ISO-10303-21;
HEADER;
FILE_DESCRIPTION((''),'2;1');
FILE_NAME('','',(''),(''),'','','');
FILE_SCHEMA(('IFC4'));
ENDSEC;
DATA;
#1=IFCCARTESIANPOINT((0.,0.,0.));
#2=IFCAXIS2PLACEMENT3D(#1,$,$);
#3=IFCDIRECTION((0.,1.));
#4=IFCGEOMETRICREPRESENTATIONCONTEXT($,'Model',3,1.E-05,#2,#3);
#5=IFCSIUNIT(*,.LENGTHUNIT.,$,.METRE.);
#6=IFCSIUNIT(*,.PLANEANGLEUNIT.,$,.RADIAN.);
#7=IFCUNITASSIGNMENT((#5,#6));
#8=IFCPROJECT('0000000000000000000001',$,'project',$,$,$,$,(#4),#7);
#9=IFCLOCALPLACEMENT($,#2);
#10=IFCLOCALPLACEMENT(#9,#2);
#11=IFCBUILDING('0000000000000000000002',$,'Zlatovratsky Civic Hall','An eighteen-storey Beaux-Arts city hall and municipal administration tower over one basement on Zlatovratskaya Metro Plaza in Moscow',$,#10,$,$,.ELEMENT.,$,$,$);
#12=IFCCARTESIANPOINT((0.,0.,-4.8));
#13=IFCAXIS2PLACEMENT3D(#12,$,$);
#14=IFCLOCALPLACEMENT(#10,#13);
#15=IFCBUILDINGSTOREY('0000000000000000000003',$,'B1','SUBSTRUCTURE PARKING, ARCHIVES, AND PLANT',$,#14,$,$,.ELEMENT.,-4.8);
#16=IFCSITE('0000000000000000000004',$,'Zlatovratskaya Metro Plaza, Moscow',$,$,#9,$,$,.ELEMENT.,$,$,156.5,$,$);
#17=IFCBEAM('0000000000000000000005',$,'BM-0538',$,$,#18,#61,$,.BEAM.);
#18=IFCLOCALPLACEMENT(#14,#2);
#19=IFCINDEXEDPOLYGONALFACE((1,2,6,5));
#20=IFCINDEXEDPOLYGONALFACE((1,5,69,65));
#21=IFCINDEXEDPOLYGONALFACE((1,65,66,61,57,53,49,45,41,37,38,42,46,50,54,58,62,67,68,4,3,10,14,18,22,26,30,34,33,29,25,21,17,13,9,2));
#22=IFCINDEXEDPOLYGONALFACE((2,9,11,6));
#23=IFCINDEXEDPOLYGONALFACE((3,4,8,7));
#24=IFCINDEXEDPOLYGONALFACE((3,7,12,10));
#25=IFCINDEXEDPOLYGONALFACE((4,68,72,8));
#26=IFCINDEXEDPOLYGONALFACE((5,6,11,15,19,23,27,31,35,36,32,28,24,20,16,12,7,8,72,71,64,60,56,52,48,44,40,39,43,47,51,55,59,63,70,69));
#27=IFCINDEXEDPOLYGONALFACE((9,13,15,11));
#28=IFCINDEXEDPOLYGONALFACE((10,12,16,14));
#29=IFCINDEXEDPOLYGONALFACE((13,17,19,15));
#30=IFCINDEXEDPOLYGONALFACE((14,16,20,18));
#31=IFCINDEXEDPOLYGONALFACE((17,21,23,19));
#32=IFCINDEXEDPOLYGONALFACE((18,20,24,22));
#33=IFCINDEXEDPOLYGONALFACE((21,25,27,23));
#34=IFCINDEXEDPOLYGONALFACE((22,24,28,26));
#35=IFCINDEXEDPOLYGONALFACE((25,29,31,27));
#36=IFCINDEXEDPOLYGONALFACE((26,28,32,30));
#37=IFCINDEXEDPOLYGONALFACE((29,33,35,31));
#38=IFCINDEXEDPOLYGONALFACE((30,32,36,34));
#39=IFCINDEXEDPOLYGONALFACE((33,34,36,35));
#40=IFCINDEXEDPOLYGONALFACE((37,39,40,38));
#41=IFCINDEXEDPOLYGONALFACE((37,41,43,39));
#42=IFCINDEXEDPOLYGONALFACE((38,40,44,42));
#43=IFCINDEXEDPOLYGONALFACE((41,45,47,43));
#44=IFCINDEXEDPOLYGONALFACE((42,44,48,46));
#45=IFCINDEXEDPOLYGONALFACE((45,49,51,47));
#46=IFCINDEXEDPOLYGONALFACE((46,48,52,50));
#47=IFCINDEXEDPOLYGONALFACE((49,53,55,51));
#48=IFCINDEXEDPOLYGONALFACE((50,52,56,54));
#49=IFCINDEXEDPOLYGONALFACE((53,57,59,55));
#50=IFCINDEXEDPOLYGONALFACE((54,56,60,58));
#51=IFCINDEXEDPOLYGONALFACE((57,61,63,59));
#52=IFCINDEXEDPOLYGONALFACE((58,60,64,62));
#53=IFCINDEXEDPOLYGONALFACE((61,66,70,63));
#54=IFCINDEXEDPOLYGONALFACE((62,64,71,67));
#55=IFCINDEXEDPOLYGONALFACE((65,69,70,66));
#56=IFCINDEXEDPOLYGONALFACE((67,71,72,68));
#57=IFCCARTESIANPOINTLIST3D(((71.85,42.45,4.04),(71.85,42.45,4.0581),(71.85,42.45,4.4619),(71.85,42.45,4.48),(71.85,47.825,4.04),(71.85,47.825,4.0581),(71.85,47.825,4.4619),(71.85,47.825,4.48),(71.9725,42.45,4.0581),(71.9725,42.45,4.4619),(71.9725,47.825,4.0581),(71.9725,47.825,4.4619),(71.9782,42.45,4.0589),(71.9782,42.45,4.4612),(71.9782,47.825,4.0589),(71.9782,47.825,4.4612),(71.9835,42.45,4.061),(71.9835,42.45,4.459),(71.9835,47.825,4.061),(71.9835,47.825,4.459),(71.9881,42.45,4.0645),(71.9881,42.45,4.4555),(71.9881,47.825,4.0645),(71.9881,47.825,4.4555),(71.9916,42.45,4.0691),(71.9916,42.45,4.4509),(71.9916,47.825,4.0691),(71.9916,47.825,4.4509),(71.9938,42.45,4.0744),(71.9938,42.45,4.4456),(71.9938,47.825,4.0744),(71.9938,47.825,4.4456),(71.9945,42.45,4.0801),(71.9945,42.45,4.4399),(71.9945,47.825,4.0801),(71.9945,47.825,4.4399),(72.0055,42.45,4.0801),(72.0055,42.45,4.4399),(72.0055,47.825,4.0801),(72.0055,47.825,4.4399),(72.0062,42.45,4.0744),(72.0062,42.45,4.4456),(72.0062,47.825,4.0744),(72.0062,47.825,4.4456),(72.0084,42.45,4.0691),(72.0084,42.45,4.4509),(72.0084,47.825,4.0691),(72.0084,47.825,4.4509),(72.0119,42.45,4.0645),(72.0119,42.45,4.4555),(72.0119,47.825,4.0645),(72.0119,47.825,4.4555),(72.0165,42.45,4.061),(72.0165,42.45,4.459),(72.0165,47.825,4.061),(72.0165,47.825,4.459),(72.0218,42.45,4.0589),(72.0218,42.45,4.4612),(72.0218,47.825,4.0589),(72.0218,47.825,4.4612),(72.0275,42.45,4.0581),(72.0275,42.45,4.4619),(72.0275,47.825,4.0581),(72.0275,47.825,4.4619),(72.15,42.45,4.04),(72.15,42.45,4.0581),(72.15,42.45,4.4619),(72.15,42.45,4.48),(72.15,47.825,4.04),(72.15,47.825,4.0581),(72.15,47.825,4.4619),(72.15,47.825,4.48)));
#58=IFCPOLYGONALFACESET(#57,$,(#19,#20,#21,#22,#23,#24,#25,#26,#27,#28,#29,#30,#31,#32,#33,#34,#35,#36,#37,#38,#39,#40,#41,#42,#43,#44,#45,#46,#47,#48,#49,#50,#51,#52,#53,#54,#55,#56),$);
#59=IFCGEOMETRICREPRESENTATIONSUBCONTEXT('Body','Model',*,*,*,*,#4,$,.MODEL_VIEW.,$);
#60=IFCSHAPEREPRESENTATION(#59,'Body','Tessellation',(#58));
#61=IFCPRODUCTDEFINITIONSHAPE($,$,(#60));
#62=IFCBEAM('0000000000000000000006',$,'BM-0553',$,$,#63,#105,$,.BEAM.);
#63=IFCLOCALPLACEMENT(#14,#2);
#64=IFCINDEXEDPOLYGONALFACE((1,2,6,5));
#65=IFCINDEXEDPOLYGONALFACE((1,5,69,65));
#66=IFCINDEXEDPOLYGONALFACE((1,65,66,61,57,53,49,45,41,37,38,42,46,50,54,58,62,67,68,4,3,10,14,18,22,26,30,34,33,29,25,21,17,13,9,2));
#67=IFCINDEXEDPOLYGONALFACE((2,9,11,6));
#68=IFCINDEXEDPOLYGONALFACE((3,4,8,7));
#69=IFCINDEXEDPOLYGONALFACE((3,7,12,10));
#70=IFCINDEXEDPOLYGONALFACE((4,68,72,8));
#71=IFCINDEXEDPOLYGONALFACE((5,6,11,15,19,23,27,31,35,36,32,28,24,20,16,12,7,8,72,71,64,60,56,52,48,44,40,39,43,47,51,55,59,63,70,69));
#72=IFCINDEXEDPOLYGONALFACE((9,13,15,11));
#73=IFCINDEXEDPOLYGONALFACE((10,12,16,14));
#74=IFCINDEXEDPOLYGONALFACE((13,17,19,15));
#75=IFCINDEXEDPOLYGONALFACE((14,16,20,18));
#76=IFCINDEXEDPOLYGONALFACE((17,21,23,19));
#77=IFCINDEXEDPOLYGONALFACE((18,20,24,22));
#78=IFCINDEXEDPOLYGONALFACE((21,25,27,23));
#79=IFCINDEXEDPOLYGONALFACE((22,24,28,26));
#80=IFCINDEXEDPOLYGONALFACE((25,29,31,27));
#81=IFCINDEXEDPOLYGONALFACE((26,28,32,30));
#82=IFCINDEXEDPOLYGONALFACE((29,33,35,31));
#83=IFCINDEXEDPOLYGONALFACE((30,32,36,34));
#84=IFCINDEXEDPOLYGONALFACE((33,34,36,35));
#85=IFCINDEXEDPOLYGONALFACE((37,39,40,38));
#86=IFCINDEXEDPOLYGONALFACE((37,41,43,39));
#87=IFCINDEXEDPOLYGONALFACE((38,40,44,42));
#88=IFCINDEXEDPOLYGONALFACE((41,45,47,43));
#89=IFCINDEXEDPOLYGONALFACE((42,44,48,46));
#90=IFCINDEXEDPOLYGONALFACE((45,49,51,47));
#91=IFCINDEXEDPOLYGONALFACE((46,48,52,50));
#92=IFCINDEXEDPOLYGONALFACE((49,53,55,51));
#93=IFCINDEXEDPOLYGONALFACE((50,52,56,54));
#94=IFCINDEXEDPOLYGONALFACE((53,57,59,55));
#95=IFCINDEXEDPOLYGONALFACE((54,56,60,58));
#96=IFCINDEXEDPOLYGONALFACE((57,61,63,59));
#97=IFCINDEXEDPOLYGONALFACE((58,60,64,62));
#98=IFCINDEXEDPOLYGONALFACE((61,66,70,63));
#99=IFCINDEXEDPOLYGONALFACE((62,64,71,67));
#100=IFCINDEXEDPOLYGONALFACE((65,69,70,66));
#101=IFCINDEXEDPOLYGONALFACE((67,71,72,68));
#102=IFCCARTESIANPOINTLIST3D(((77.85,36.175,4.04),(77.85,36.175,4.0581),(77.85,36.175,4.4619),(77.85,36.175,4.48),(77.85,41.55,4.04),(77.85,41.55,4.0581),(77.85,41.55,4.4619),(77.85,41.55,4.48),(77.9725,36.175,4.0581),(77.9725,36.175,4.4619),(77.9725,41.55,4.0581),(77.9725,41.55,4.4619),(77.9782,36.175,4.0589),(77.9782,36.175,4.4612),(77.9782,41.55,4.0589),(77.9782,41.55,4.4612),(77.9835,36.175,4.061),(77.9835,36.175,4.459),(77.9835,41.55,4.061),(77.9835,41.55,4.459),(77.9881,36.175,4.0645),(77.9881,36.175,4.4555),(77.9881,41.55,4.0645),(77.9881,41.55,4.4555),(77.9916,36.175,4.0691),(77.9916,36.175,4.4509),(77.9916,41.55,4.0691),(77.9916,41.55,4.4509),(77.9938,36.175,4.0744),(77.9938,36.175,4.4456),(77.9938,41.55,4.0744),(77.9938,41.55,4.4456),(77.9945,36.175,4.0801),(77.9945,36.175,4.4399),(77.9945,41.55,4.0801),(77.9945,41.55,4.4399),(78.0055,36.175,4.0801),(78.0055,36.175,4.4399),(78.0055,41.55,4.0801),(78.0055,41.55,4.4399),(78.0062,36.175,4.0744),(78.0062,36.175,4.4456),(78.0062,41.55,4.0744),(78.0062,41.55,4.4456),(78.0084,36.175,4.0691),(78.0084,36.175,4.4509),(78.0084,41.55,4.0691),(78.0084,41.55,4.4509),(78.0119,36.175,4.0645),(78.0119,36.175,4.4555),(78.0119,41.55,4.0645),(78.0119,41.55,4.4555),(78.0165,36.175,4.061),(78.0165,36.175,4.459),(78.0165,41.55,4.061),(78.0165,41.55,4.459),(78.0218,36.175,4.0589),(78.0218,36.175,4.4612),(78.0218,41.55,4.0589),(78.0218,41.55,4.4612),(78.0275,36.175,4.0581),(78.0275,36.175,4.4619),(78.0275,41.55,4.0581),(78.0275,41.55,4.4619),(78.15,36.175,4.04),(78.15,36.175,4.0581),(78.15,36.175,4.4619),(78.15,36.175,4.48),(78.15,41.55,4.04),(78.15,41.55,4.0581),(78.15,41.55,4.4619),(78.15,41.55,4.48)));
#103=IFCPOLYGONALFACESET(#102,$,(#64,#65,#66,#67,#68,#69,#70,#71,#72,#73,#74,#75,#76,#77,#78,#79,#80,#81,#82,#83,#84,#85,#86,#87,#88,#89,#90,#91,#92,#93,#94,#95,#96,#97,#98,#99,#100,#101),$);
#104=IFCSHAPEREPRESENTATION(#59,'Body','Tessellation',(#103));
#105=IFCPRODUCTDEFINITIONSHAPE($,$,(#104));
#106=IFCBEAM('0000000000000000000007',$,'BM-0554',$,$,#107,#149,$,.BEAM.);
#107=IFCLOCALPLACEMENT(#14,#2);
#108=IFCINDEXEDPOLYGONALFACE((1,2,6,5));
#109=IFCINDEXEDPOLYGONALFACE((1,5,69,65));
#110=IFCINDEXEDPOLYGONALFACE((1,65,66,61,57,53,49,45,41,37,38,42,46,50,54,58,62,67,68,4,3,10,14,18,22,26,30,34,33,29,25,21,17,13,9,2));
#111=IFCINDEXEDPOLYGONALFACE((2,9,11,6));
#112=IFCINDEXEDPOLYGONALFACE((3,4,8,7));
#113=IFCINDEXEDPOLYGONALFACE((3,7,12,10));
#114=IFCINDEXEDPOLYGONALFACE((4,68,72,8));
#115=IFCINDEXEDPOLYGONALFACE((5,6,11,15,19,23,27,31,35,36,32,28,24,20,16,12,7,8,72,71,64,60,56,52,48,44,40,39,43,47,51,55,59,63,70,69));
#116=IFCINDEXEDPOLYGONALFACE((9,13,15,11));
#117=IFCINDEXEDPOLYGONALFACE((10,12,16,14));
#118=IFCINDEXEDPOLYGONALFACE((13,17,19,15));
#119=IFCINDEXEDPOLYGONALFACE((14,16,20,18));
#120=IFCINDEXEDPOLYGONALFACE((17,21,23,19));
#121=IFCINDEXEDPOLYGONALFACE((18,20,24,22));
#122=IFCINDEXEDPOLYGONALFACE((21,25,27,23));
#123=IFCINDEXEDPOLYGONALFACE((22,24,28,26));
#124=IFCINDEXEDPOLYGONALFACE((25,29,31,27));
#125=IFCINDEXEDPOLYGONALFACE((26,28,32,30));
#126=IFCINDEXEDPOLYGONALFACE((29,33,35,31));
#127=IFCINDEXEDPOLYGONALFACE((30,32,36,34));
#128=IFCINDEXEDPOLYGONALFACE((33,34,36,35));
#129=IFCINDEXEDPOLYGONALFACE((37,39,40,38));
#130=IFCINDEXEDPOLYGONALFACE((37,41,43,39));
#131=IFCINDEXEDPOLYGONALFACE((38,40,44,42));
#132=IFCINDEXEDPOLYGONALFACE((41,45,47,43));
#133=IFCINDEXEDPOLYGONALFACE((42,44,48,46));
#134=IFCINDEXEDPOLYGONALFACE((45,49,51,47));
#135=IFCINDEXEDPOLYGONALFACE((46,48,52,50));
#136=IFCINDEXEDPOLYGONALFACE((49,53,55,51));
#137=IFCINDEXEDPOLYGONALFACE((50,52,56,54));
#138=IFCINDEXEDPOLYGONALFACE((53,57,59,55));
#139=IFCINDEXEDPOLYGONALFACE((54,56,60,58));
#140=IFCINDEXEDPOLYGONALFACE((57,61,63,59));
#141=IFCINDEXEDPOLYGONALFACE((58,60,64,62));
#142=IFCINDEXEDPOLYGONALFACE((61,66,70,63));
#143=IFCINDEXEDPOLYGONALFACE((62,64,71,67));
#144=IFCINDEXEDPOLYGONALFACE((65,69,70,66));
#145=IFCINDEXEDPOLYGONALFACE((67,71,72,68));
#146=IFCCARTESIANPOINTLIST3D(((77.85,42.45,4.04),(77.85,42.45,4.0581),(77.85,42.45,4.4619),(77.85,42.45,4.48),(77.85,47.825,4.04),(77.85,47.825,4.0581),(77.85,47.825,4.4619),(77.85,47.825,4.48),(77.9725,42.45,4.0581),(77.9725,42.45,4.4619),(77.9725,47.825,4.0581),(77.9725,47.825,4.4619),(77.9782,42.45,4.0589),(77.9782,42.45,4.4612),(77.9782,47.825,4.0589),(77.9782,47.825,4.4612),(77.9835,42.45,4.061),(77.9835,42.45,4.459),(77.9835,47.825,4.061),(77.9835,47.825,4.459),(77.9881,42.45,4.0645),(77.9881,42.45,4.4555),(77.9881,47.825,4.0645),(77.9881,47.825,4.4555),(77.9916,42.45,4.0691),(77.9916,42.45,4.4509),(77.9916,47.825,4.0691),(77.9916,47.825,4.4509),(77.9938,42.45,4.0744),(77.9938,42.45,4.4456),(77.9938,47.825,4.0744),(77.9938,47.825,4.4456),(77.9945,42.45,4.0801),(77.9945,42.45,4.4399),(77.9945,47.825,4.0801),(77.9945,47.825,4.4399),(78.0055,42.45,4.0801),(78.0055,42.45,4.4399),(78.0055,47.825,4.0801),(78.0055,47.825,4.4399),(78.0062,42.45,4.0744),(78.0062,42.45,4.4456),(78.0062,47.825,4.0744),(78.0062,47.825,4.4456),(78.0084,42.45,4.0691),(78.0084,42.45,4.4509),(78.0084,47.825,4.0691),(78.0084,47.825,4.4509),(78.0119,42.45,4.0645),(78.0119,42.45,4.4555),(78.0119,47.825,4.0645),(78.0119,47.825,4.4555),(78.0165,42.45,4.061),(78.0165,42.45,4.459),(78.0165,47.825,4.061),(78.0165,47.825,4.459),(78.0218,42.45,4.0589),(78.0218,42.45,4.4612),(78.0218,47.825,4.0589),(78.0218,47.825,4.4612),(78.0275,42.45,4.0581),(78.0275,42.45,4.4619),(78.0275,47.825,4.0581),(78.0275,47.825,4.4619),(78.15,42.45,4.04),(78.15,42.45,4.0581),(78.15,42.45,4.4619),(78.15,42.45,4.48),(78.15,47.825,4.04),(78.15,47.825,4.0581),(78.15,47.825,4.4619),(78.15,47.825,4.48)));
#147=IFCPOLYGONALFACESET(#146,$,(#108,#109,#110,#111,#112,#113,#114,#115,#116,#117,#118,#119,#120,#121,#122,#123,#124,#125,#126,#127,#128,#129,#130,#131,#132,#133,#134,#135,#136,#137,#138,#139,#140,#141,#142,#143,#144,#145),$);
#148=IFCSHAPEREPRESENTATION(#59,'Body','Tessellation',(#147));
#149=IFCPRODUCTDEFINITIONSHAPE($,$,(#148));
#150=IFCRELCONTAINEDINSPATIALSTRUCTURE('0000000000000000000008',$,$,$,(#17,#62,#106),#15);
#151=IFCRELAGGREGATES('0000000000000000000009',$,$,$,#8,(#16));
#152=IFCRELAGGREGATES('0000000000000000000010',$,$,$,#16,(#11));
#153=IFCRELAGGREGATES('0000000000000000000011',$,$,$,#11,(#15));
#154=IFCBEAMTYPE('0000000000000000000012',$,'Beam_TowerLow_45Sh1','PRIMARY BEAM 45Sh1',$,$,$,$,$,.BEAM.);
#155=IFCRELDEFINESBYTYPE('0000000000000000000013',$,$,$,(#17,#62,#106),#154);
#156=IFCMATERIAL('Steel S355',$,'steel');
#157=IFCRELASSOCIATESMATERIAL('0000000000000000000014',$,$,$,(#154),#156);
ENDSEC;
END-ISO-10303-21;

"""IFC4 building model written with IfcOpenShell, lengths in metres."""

from ifc_helpers import new_model, si_unit, direction, frame, origin, origin_2d, place, context, subcontext, project, spatial, i_section, extrude, material, material_profile, profile_set, type_object, element, save


model = new_model("IFC4")

# Units and contexts
model_context = context("Model", 3, precision=1e-05, world=origin(), true_north=direction((0.0, 1.0)))
body_context = subcontext(model_context, "Body", "Model", "MODEL_VIEW")
ifc_project = project(units=[si_unit("LENGTHUNIT", "METRE"), si_unit("PLANEANGLEUNIT", "RADIAN")], contexts=[model_context])

# Site, building, storey
site_placement = place(None, origin())
site = spatial("IfcSite", under=ifc_project, at=site_placement, Name="Zlatovratskaya Metro Plaza, Moscow", CompositionType="ELEMENT", RefElevation=156.5)
building_placement = place(site_placement, origin())
building = spatial("IfcBuilding", under=site, at=building_placement, Name="Zlatovratsky Civic Hall", Description="An eighteen-storey Beaux-Arts city hall and municipal administration tower over one basement on Zlatovratskaya Metro Plaza in Moscow", CompositionType="ELEMENT")
storey_placement = place(building_placement, frame((0.0, 0.0, -4.8)))
storey = spatial("IfcBuildingStorey", under=building, at=storey_placement, Name="B1", Description="SUBSTRUCTURE PARKING, ARCHIVES, AND PLANT", CompositionType="ELEMENT", Elevation=-4.8)

# Shared definitions
ifc_material_1 = material(Name="Steel S355", Category="steel")

# Beams
ifc_material_profile_1 = material_profile(ifc_material_1, i_section(OverallWidth=0.3, OverallDepth=0.4399, WebThickness=0.011, FlangeThickness=0.0181, FilletRadius=0.022, at=origin_2d()), Name="45Sh1")
ifc_profile_set_1 = profile_set([ifc_material_profile_1], Name="Steel S355")
beam_type = type_object("IfcBeamType", Name="Beam_TowerLow_45Sh1", Description="PRIMARY BEAM 45Sh1", PredefinedType="BEAM", material=ifc_profile_set_1)
for number, where, z_axis, x_axis, name in (
    (1, (72.0, 42.45, 4.26), (0.0, 1.0, 0.0), (-1.0, 0.0, 0.0), "BM-0538"),
    (2, (78.0, 36.175, 4.26), (0.0, 1.0, 0.0), (-1.0, 0.0, 0.0), "BM-0553"),
    (3, (78.0, 42.45, 4.26), (0.0, 1.0, 0.0), (-1.0, 0.0, 0.0), "BM-0554"),
):
    element("IfcBeam", number, at=place(storey_placement, frame(where, z_axis=z_axis, x_axis=x_axis)), inside=storey, type_object=beam_type, Name=name, PredefinedType="BEAM", context=body_context, shape_type="SweptSolid", body=[
        extrude(i_section(OverallWidth=0.3, OverallDepth=0.4399, WebThickness=0.011, FlangeThickness=0.0181, FilletRadius=0.022, at=origin_2d()), origin(), (0.0, 0.0, 1.0), 5.375),
    ])

save(model, "model.ifc")
